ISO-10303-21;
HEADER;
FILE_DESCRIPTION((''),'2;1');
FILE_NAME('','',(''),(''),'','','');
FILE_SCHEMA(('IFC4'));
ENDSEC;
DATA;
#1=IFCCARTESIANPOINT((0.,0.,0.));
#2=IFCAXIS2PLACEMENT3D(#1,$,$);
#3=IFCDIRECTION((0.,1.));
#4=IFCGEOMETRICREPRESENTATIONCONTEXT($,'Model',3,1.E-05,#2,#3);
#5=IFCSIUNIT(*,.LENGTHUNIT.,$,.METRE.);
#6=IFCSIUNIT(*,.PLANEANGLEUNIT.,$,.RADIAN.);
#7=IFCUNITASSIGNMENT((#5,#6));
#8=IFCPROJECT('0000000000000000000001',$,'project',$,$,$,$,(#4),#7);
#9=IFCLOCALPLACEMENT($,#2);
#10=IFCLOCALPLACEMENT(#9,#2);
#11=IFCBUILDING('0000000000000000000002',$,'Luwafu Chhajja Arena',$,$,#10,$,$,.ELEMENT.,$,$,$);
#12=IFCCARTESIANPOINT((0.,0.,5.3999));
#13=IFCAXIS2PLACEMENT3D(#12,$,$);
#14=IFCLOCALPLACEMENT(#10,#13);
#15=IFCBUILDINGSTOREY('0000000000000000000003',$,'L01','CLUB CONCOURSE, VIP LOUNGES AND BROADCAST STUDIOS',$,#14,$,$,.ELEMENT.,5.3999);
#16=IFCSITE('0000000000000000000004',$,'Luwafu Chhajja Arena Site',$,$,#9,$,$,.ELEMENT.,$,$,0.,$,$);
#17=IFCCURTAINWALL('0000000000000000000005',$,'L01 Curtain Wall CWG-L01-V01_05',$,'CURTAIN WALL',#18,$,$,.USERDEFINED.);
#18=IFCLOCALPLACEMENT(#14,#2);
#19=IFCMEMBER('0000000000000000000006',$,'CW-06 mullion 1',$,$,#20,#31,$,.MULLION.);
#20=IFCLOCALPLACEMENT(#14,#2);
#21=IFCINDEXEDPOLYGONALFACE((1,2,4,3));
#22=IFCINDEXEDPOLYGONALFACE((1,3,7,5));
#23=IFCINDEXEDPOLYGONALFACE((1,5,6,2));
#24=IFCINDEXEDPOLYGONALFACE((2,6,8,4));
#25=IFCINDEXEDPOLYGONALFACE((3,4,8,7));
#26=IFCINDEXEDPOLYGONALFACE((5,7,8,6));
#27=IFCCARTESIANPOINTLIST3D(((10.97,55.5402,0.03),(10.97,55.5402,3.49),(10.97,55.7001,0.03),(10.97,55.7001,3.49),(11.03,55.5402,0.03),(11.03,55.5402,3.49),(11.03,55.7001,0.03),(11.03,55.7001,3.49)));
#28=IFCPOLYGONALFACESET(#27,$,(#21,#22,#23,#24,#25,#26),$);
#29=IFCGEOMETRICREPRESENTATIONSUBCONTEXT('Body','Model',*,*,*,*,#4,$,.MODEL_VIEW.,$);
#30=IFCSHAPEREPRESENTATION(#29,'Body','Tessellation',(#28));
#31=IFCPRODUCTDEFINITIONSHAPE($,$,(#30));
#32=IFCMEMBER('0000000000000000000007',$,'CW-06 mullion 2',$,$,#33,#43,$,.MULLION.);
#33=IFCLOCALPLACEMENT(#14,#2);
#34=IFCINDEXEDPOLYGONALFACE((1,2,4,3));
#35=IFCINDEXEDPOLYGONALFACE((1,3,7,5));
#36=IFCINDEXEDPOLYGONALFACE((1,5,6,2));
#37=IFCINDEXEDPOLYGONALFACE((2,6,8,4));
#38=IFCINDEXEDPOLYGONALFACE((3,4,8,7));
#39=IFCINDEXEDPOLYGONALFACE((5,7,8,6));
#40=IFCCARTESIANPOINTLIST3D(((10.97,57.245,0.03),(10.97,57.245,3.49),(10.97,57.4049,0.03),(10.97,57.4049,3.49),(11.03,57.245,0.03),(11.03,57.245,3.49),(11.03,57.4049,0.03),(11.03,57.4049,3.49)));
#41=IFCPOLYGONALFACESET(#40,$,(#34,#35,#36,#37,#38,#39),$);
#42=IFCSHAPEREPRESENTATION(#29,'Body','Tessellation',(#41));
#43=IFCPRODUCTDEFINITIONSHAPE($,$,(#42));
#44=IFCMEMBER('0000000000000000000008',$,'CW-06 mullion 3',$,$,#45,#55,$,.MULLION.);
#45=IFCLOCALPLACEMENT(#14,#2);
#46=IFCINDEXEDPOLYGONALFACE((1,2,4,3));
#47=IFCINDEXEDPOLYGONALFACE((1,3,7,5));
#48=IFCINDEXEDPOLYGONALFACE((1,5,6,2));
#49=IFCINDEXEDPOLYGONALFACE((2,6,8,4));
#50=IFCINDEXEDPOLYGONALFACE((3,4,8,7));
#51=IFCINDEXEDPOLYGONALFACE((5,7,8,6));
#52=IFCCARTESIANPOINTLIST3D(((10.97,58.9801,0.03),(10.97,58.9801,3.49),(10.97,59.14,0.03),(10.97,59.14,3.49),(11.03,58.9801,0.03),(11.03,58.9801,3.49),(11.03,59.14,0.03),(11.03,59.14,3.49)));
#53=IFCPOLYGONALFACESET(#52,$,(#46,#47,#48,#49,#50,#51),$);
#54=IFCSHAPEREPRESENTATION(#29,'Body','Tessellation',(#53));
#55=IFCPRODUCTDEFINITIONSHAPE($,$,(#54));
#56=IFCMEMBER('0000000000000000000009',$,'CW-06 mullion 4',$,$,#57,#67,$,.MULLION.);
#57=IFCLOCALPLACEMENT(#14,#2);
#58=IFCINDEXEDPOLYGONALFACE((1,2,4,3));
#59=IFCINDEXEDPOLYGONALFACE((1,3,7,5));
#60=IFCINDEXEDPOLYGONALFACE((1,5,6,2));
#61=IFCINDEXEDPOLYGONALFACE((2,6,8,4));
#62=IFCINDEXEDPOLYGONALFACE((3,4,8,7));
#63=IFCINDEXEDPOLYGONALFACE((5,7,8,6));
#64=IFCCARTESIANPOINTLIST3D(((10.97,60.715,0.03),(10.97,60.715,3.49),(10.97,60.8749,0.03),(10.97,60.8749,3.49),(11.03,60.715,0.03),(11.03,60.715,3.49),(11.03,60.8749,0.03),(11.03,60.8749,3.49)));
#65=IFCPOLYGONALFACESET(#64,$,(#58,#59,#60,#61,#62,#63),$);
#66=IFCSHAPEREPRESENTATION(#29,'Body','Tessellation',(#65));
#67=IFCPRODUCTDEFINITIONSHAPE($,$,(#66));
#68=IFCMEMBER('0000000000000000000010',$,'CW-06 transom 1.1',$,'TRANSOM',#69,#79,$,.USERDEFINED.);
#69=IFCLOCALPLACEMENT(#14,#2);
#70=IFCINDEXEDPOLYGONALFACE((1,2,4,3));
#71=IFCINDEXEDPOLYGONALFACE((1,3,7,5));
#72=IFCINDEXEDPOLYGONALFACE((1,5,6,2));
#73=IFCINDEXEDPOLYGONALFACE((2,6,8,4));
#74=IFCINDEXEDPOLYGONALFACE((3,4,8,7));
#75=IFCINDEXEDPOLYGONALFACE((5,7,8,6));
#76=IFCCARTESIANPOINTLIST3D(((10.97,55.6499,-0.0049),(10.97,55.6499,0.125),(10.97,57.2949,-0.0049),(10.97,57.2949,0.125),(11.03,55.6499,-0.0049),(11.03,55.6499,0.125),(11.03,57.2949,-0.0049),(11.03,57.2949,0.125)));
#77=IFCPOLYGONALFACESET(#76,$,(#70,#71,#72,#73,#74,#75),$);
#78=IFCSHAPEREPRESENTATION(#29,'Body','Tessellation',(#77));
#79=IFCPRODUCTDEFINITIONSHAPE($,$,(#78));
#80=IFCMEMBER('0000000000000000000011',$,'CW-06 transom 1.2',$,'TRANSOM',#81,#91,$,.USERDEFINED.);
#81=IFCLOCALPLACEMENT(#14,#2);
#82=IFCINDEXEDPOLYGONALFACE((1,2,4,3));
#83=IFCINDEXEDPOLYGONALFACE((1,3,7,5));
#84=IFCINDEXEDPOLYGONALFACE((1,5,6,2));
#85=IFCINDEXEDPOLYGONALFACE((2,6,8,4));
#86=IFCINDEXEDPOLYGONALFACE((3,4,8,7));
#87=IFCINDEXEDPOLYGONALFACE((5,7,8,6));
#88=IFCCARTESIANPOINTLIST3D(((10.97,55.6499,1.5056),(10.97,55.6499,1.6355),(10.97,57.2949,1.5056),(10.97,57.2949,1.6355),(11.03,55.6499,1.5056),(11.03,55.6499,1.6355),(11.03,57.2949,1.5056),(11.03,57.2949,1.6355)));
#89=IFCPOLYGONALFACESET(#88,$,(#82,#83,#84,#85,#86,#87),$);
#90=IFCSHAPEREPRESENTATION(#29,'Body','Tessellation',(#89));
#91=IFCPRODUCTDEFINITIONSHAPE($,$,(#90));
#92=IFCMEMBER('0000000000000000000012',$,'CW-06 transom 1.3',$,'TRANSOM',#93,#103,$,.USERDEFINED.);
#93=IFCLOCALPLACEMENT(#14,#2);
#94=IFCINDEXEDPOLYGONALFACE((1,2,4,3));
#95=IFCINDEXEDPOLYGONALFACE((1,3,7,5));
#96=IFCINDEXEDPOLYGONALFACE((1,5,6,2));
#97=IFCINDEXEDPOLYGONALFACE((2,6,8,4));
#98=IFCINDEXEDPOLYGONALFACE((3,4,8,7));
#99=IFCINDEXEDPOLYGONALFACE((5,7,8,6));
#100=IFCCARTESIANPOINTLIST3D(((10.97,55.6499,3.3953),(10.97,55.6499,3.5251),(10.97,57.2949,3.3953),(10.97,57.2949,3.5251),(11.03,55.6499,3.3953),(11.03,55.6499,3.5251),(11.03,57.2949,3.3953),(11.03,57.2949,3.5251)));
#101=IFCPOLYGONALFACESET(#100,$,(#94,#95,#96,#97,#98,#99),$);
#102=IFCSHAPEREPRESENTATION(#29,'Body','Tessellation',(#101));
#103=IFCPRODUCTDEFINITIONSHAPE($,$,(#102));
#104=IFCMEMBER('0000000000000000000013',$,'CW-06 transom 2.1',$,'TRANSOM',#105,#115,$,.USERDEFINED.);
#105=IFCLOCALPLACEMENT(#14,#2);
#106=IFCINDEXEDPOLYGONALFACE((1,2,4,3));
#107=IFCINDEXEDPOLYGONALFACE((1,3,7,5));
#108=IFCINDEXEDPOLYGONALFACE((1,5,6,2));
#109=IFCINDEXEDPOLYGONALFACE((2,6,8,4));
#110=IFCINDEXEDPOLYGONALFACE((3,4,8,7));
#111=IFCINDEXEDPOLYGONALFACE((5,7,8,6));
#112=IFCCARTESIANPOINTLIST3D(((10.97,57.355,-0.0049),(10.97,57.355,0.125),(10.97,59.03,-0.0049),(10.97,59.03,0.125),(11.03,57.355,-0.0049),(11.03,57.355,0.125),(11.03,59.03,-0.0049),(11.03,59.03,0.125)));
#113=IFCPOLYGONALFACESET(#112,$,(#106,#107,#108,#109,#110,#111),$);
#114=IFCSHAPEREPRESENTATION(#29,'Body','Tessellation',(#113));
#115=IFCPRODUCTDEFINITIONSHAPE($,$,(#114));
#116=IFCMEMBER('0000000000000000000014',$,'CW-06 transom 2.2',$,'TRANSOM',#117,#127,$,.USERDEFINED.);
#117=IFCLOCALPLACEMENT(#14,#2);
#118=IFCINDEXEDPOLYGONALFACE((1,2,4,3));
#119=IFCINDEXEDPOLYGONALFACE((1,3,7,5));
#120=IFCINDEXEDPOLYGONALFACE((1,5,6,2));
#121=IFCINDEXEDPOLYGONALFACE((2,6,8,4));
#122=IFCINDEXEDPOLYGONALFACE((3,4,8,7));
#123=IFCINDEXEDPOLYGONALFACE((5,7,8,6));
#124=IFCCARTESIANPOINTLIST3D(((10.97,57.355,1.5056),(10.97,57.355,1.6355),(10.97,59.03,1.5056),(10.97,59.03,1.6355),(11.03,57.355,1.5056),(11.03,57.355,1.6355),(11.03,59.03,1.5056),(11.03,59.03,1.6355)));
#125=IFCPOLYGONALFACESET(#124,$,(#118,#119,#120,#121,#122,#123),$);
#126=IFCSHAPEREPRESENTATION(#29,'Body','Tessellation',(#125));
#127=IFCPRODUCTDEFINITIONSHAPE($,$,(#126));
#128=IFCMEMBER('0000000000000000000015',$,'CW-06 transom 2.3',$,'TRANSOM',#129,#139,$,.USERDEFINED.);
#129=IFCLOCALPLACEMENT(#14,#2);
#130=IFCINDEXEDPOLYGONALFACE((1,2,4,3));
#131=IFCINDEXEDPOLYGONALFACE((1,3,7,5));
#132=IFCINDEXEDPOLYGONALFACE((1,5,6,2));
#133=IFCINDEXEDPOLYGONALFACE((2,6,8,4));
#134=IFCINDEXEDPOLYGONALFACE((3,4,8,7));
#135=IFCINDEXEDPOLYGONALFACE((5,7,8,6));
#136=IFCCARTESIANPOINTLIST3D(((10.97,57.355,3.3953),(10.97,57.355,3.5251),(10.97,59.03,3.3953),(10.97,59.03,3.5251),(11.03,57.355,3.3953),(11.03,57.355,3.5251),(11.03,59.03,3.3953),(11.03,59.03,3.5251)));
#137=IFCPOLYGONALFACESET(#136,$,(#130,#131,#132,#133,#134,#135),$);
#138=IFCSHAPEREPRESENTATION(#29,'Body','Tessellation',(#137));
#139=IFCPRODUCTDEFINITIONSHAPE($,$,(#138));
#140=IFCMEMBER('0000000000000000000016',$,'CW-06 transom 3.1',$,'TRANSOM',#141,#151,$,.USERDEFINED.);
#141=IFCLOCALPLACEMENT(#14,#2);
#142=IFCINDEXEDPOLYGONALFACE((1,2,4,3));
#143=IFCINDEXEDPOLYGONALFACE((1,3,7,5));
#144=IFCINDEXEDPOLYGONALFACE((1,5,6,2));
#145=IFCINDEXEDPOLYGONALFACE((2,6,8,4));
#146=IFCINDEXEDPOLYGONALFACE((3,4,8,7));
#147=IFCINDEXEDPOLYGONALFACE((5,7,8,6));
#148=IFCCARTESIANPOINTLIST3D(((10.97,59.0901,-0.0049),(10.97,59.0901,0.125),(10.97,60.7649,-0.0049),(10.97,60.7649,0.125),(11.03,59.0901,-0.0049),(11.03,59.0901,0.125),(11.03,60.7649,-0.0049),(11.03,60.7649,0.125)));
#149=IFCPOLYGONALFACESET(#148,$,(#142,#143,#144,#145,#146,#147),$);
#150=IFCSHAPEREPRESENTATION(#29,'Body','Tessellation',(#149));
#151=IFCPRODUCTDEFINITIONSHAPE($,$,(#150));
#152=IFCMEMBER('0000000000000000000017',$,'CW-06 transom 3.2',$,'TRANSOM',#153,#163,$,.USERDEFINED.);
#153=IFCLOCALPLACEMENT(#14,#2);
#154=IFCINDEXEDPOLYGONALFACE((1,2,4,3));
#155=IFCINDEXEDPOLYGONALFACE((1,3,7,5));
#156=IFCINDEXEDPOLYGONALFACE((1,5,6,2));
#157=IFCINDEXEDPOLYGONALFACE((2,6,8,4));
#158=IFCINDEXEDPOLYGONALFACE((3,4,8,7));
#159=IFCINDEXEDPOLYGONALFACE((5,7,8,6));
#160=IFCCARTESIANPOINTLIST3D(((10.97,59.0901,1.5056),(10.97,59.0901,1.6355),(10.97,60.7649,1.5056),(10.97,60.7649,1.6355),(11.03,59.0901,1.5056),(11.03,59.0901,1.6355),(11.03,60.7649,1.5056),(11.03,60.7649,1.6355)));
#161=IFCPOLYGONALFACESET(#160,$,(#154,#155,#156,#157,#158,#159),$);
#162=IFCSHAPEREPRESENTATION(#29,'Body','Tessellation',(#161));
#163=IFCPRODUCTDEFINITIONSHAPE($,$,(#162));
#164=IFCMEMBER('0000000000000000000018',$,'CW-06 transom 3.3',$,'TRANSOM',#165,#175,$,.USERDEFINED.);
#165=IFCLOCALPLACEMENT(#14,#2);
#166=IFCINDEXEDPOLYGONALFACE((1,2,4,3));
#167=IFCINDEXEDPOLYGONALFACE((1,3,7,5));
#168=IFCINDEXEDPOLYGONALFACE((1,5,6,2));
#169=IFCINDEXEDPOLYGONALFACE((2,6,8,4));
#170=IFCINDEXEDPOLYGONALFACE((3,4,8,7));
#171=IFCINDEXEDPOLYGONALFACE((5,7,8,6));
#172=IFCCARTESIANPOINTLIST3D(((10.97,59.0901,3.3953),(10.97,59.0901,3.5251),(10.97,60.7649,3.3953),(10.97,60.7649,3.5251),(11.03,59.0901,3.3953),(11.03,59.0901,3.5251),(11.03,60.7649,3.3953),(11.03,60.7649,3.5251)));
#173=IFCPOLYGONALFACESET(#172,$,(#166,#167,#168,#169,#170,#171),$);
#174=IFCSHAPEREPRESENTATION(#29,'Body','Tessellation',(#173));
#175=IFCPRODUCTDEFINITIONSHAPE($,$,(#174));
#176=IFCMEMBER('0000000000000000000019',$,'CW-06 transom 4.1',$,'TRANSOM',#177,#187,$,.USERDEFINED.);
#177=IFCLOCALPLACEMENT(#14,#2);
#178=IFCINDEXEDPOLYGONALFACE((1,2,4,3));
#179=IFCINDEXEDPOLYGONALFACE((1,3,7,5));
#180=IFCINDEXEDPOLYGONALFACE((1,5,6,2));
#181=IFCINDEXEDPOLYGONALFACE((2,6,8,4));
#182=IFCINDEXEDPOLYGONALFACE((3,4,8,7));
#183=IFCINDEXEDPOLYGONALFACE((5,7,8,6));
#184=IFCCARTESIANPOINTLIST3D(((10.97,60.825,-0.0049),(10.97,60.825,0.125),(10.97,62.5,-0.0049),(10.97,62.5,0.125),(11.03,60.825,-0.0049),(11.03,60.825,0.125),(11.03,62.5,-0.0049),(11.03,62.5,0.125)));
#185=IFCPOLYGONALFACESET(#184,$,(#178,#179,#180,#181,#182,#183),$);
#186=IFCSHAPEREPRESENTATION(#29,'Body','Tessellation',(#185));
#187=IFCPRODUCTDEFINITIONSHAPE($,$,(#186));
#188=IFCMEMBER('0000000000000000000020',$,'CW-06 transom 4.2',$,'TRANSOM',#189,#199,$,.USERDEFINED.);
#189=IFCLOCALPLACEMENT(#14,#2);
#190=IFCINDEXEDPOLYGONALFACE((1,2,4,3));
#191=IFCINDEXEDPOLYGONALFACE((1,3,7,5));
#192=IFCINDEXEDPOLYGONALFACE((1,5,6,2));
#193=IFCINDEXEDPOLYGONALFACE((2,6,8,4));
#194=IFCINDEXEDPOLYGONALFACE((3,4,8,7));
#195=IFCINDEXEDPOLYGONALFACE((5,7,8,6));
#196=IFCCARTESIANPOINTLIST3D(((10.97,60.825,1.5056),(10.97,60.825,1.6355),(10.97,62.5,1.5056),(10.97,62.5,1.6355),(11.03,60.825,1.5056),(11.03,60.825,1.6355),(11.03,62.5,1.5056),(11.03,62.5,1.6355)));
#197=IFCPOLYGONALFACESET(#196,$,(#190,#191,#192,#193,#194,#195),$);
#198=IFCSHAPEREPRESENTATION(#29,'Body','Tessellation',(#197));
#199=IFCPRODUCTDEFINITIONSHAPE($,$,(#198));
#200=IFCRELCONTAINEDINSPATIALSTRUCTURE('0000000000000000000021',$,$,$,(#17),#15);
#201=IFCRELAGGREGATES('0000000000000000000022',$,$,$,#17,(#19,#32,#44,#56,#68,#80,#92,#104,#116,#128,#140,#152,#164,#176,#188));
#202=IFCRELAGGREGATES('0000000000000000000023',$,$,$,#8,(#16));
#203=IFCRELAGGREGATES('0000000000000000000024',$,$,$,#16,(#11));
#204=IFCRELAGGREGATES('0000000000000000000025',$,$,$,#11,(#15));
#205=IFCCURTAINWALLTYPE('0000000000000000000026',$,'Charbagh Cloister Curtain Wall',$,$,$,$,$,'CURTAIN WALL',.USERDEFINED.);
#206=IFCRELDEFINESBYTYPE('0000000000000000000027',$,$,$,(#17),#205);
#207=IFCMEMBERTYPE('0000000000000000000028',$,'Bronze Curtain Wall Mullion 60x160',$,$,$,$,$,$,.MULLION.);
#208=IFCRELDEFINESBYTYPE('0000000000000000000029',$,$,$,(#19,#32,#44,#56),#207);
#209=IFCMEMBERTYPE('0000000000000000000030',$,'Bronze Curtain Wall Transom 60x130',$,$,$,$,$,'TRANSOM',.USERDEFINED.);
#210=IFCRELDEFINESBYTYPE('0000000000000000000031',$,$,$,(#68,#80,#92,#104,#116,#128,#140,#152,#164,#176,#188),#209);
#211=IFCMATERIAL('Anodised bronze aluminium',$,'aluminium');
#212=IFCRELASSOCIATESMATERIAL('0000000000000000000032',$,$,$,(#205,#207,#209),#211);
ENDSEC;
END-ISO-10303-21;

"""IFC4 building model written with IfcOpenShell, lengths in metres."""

from ifc_helpers import new_model, si_unit, direction, frame, origin, origin_2d, place, context, subcontext, project, spatial, rectangle, extrude, material, material_profile, profile_set, type_object, element, aggregate, save


model = new_model("IFC4")

# Units and contexts
model_context = context("Model", 3, precision=1e-05, world=origin(), true_north=direction((0.0, 1.0)))
body_context = subcontext(model_context, "Body", "Model", "MODEL_VIEW")
ifc_project = project(units=[si_unit("LENGTHUNIT", "METRE"), si_unit("PLANEANGLEUNIT", "RADIAN")], contexts=[model_context])

# Site, building, storey
site_placement = place(None, origin())
site = spatial("IfcSite", under=ifc_project, at=site_placement, Name="Luwafu Chhajja Arena Site", CompositionType="ELEMENT", RefElevation=0.0)
building_placement = place(site_placement, origin())
building = spatial("IfcBuilding", under=site, at=building_placement, Name="Luwafu Chhajja Arena", CompositionType="ELEMENT")
storey_placement = place(building_placement, frame((0.0, 0.0, 5.3999)))
storey = spatial("IfcBuildingStorey", under=building, at=storey_placement, Name="L01", Description="CLUB CONCOURSE, VIP LOUNGES AND BROADCAST STUDIOS", CompositionType="ELEMENT", Elevation=5.3999)

# Curtain wall, members
ifc_material_1 = material(Name="Anodised bronze aluminium", Category="aluminium")
curtain_wall_type = type_object("IfcCurtainWallType", Name="Charbagh Cloister Curtain Wall", ElementType="CURTAIN WALL", PredefinedType="USERDEFINED", material=ifc_material_1)
curtain_wall_placement = place(storey_placement, origin())
curtain_wall = element("IfcCurtainWall", 1, at=curtain_wall_placement, inside=storey, type_object=curtain_wall_type, Name="L01 Curtain Wall CWG-L01-V01_05", ObjectType="CURTAIN WALL", PredefinedType="USERDEFINED")
ifc_material_profile_1 = material_profile(ifc_material_1, rectangle(XDim=0.0601, YDim=0.1599, at=origin_2d()), Name="CWM 60x160")
ifc_profile_set_1 = profile_set([ifc_material_profile_1], Name="Anodised bronze aluminium")
member_type_1 = type_object("IfcMemberType", Name="Bronze Curtain Wall Mullion 60x160", PredefinedType="MULLION", material=ifc_profile_set_1)
member_1_placement = place(storey_placement, frame((11.0, 55.6201, 0.03), z_axis=(0.0, 0.0, 1.0), x_axis=(-1.0, 0.0, 0.0)))
member_1 = element("IfcMember", 2, at=member_1_placement, type_object=member_type_1, Name="CW-06 mullion 1", PredefinedType="MULLION", context=body_context, shape_type="SweptSolid", body=[
    extrude(rectangle(XDim=0.0601, YDim=0.1599, at=origin_2d()), origin(), (0.0, 0.0, 1.0), 3.46),
])
member_2_placement = place(storey_placement, frame((11.0, 57.325, 0.03), z_axis=(0.0, 0.0, 1.0), x_axis=(-1.0, 0.0, 0.0)))
member_2 = element("IfcMember", 3, at=member_2_placement, type_object=member_type_1, Name="CW-06 mullion 2", PredefinedType="MULLION", context=body_context, shape_type="SweptSolid", body=[
    extrude(rectangle(XDim=0.0601, YDim=0.1599, at=origin_2d()), origin(), (0.0, 0.0, 1.0), 3.46),
])
member_3_placement = place(storey_placement, frame((11.0, 59.0601, 0.03), z_axis=(0.0, 0.0, 1.0), x_axis=(-1.0, 0.0, 0.0)))
member_3 = element("IfcMember", 4, at=member_3_placement, type_object=member_type_1, Name="CW-06 mullion 3", PredefinedType="MULLION", context=body_context, shape_type="SweptSolid", body=[
    extrude(rectangle(XDim=0.0601, YDim=0.1599, at=origin_2d()), origin(), (0.0, 0.0, 1.0), 3.46),
])
member_4_placement = place(storey_placement, frame((11.0, 60.7949, 0.03), z_axis=(0.0, 0.0, 1.0), x_axis=(-1.0, 0.0, 0.0)))
member_4 = element("IfcMember", 5, at=member_4_placement, type_object=member_type_1, Name="CW-06 mullion 4", PredefinedType="MULLION", context=body_context, shape_type="SweptSolid", body=[
    extrude(rectangle(XDim=0.0601, YDim=0.1599, at=origin_2d()), origin(), (0.0, 0.0, 1.0), 3.46),
])
ifc_material_profile_2 = material_profile(ifc_material_1, rectangle(XDim=0.0601, YDim=0.1299, at=origin_2d()), Name="CWT 60x130")
ifc_profile_set_2 = profile_set([ifc_material_profile_2], Name="Anodised bronze aluminium")
member_type_2 = type_object("IfcMemberType", Name="Bronze Curtain Wall Transom 60x130", ElementType="TRANSOM", PredefinedType="USERDEFINED", material=ifc_profile_set_2)
member_5_placement = place(storey_placement, frame((11.0, 55.6499, 0.0601), z_axis=(0.0, 1.0, 0.0), x_axis=(-1.0, 0.0, 0.0)))
member_5 = element("IfcMember", 6, at=member_5_placement, type_object=member_type_2, Name="CW-06 transom 1.1", ObjectType="TRANSOM", PredefinedType="USERDEFINED", context=body_context, shape_type="SweptSolid", body=[
    extrude(rectangle(XDim=0.0601, YDim=0.1299, at=origin_2d()), origin(), (0.0, 0.0, 1.0), 1.645),
])
member_6_placement = place(storey_placement, frame((11.0, 55.6499, 1.5706), z_axis=(0.0, 1.0, 0.0), x_axis=(-1.0, 0.0, 0.0)))
member_6 = element("IfcMember", 7, at=member_6_placement, type_object=member_type_2, Name="CW-06 transom 1.2", ObjectType="TRANSOM", PredefinedType="USERDEFINED", context=body_context, shape_type="SweptSolid", body=[
    extrude(rectangle(XDim=0.0601, YDim=0.1299, at=origin_2d()), origin(), (0.0, 0.0, 1.0), 1.645),
])
member_7_placement = place(storey_placement, frame((11.0, 55.6499, 3.4602), z_axis=(0.0, 1.0, 0.0), x_axis=(-1.0, 0.0, 0.0)))
member_7 = element("IfcMember", 8, at=member_7_placement, type_object=member_type_2, Name="CW-06 transom 1.3", ObjectType="TRANSOM", PredefinedType="USERDEFINED", context=body_context, shape_type="SweptSolid", body=[
    extrude(rectangle(XDim=0.0601, YDim=0.1299, at=origin_2d()), origin(), (0.0, 0.0, 1.0), 1.645),
])
member_8_placement = place(storey_placement, frame((11.0, 57.355, 0.0601), z_axis=(0.0, 1.0, 0.0), x_axis=(-1.0, 0.0, 0.0)))
member_8 = element("IfcMember", 9, at=member_8_placement, type_object=member_type_2, Name="CW-06 transom 2.1", ObjectType="TRANSOM", PredefinedType="USERDEFINED", context=body_context, shape_type="SweptSolid", body=[
    extrude(rectangle(XDim=0.0601, YDim=0.1299, at=origin_2d()), origin(), (0.0, 0.0, 1.0), 1.675),
])
member_9_placement = place(storey_placement, frame((11.0, 57.355, 1.5706), z_axis=(0.0, 1.0, 0.0), x_axis=(-1.0, 0.0, 0.0)))
member_9 = element("IfcMember", 10, at=member_9_placement, type_object=member_type_2, Name="CW-06 transom 2.2", ObjectType="TRANSOM", PredefinedType="USERDEFINED", context=body_context, shape_type="SweptSolid", body=[
    extrude(rectangle(XDim=0.0601, YDim=0.1299, at=origin_2d()), origin(), (0.0, 0.0, 1.0), 1.675),
])
member_10_placement = place(storey_placement, frame((11.0, 57.355, 3.4602), z_axis=(0.0, 1.0, 0.0), x_axis=(-1.0, 0.0, 0.0)))
member_10 = element("IfcMember", 11, at=member_10_placement, type_object=member_type_2, Name="CW-06 transom 2.3", ObjectType="TRANSOM", PredefinedType="USERDEFINED", context=body_context, shape_type="SweptSolid", body=[
    extrude(rectangle(XDim=0.0601, YDim=0.1299, at=origin_2d()), origin(), (0.0, 0.0, 1.0), 1.675),
])
member_11_placement = place(storey_placement, frame((11.0, 59.0901, 0.0601), z_axis=(0.0, 1.0, 0.0), x_axis=(-1.0, 0.0, 0.0)))
member_11 = element("IfcMember", 12, at=member_11_placement, type_object=member_type_2, Name="CW-06 transom 3.1", ObjectType="TRANSOM", PredefinedType="USERDEFINED", context=body_context, shape_type="SweptSolid", body=[
    extrude(rectangle(XDim=0.0601, YDim=0.1299, at=origin_2d()), origin(), (0.0, 0.0, 1.0), 1.6748),
])
member_12_placement = place(storey_placement, frame((11.0, 59.0901, 1.5706), z_axis=(0.0, 1.0, 0.0), x_axis=(-1.0, 0.0, 0.0)))
member_12 = element("IfcMember", 13, at=member_12_placement, type_object=member_type_2, Name="CW-06 transom 3.2", ObjectType="TRANSOM", PredefinedType="USERDEFINED", context=body_context, shape_type="SweptSolid", body=[
    extrude(rectangle(XDim=0.0601, YDim=0.1299, at=origin_2d()), origin(), (0.0, 0.0, 1.0), 1.6748),
])
member_13_placement = place(storey_placement, frame((11.0, 59.0901, 3.4602), z_axis=(0.0, 1.0, 0.0), x_axis=(-1.0, 0.0, 0.0)))
member_13 = element("IfcMember", 14, at=member_13_placement, type_object=member_type_2, Name="CW-06 transom 3.3", ObjectType="TRANSOM", PredefinedType="USERDEFINED", context=body_context, shape_type="SweptSolid", body=[
    extrude(rectangle(XDim=0.0601, YDim=0.1299, at=origin_2d()), origin(), (0.0, 0.0, 1.0), 1.6748),
])
member_14_placement = place(storey_placement, frame((11.0, 60.825, 0.0601), z_axis=(0.0, 1.0, 0.0), x_axis=(-1.0, 0.0, 0.0)))
member_14 = element("IfcMember", 15, at=member_14_placement, type_object=member_type_2, Name="CW-06 transom 4.1", ObjectType="TRANSOM", PredefinedType="USERDEFINED", context=body_context, shape_type="SweptSolid", body=[
    extrude(rectangle(XDim=0.0601, YDim=0.1299, at=origin_2d()), origin(), (0.0, 0.0, 1.0), 1.675),
])
member_15_placement = place(storey_placement, frame((11.0, 60.825, 1.5706), z_axis=(0.0, 1.0, 0.0), x_axis=(-1.0, 0.0, 0.0)))
member_15 = element("IfcMember", 16, at=member_15_placement, type_object=member_type_2, Name="CW-06 transom 4.2", ObjectType="TRANSOM", PredefinedType="USERDEFINED", context=body_context, shape_type="SweptSolid", body=[
    extrude(rectangle(XDim=0.0601, YDim=0.1299, at=origin_2d()), origin(), (0.0, 0.0, 1.0), 1.675),
])
aggregate(curtain_wall, [member_1, member_2, member_3, member_4, member_5, member_6, member_7, member_8, member_9, member_10, member_11, member_12, member_13, member_14, member_15])

save(model, "model.ifc")
